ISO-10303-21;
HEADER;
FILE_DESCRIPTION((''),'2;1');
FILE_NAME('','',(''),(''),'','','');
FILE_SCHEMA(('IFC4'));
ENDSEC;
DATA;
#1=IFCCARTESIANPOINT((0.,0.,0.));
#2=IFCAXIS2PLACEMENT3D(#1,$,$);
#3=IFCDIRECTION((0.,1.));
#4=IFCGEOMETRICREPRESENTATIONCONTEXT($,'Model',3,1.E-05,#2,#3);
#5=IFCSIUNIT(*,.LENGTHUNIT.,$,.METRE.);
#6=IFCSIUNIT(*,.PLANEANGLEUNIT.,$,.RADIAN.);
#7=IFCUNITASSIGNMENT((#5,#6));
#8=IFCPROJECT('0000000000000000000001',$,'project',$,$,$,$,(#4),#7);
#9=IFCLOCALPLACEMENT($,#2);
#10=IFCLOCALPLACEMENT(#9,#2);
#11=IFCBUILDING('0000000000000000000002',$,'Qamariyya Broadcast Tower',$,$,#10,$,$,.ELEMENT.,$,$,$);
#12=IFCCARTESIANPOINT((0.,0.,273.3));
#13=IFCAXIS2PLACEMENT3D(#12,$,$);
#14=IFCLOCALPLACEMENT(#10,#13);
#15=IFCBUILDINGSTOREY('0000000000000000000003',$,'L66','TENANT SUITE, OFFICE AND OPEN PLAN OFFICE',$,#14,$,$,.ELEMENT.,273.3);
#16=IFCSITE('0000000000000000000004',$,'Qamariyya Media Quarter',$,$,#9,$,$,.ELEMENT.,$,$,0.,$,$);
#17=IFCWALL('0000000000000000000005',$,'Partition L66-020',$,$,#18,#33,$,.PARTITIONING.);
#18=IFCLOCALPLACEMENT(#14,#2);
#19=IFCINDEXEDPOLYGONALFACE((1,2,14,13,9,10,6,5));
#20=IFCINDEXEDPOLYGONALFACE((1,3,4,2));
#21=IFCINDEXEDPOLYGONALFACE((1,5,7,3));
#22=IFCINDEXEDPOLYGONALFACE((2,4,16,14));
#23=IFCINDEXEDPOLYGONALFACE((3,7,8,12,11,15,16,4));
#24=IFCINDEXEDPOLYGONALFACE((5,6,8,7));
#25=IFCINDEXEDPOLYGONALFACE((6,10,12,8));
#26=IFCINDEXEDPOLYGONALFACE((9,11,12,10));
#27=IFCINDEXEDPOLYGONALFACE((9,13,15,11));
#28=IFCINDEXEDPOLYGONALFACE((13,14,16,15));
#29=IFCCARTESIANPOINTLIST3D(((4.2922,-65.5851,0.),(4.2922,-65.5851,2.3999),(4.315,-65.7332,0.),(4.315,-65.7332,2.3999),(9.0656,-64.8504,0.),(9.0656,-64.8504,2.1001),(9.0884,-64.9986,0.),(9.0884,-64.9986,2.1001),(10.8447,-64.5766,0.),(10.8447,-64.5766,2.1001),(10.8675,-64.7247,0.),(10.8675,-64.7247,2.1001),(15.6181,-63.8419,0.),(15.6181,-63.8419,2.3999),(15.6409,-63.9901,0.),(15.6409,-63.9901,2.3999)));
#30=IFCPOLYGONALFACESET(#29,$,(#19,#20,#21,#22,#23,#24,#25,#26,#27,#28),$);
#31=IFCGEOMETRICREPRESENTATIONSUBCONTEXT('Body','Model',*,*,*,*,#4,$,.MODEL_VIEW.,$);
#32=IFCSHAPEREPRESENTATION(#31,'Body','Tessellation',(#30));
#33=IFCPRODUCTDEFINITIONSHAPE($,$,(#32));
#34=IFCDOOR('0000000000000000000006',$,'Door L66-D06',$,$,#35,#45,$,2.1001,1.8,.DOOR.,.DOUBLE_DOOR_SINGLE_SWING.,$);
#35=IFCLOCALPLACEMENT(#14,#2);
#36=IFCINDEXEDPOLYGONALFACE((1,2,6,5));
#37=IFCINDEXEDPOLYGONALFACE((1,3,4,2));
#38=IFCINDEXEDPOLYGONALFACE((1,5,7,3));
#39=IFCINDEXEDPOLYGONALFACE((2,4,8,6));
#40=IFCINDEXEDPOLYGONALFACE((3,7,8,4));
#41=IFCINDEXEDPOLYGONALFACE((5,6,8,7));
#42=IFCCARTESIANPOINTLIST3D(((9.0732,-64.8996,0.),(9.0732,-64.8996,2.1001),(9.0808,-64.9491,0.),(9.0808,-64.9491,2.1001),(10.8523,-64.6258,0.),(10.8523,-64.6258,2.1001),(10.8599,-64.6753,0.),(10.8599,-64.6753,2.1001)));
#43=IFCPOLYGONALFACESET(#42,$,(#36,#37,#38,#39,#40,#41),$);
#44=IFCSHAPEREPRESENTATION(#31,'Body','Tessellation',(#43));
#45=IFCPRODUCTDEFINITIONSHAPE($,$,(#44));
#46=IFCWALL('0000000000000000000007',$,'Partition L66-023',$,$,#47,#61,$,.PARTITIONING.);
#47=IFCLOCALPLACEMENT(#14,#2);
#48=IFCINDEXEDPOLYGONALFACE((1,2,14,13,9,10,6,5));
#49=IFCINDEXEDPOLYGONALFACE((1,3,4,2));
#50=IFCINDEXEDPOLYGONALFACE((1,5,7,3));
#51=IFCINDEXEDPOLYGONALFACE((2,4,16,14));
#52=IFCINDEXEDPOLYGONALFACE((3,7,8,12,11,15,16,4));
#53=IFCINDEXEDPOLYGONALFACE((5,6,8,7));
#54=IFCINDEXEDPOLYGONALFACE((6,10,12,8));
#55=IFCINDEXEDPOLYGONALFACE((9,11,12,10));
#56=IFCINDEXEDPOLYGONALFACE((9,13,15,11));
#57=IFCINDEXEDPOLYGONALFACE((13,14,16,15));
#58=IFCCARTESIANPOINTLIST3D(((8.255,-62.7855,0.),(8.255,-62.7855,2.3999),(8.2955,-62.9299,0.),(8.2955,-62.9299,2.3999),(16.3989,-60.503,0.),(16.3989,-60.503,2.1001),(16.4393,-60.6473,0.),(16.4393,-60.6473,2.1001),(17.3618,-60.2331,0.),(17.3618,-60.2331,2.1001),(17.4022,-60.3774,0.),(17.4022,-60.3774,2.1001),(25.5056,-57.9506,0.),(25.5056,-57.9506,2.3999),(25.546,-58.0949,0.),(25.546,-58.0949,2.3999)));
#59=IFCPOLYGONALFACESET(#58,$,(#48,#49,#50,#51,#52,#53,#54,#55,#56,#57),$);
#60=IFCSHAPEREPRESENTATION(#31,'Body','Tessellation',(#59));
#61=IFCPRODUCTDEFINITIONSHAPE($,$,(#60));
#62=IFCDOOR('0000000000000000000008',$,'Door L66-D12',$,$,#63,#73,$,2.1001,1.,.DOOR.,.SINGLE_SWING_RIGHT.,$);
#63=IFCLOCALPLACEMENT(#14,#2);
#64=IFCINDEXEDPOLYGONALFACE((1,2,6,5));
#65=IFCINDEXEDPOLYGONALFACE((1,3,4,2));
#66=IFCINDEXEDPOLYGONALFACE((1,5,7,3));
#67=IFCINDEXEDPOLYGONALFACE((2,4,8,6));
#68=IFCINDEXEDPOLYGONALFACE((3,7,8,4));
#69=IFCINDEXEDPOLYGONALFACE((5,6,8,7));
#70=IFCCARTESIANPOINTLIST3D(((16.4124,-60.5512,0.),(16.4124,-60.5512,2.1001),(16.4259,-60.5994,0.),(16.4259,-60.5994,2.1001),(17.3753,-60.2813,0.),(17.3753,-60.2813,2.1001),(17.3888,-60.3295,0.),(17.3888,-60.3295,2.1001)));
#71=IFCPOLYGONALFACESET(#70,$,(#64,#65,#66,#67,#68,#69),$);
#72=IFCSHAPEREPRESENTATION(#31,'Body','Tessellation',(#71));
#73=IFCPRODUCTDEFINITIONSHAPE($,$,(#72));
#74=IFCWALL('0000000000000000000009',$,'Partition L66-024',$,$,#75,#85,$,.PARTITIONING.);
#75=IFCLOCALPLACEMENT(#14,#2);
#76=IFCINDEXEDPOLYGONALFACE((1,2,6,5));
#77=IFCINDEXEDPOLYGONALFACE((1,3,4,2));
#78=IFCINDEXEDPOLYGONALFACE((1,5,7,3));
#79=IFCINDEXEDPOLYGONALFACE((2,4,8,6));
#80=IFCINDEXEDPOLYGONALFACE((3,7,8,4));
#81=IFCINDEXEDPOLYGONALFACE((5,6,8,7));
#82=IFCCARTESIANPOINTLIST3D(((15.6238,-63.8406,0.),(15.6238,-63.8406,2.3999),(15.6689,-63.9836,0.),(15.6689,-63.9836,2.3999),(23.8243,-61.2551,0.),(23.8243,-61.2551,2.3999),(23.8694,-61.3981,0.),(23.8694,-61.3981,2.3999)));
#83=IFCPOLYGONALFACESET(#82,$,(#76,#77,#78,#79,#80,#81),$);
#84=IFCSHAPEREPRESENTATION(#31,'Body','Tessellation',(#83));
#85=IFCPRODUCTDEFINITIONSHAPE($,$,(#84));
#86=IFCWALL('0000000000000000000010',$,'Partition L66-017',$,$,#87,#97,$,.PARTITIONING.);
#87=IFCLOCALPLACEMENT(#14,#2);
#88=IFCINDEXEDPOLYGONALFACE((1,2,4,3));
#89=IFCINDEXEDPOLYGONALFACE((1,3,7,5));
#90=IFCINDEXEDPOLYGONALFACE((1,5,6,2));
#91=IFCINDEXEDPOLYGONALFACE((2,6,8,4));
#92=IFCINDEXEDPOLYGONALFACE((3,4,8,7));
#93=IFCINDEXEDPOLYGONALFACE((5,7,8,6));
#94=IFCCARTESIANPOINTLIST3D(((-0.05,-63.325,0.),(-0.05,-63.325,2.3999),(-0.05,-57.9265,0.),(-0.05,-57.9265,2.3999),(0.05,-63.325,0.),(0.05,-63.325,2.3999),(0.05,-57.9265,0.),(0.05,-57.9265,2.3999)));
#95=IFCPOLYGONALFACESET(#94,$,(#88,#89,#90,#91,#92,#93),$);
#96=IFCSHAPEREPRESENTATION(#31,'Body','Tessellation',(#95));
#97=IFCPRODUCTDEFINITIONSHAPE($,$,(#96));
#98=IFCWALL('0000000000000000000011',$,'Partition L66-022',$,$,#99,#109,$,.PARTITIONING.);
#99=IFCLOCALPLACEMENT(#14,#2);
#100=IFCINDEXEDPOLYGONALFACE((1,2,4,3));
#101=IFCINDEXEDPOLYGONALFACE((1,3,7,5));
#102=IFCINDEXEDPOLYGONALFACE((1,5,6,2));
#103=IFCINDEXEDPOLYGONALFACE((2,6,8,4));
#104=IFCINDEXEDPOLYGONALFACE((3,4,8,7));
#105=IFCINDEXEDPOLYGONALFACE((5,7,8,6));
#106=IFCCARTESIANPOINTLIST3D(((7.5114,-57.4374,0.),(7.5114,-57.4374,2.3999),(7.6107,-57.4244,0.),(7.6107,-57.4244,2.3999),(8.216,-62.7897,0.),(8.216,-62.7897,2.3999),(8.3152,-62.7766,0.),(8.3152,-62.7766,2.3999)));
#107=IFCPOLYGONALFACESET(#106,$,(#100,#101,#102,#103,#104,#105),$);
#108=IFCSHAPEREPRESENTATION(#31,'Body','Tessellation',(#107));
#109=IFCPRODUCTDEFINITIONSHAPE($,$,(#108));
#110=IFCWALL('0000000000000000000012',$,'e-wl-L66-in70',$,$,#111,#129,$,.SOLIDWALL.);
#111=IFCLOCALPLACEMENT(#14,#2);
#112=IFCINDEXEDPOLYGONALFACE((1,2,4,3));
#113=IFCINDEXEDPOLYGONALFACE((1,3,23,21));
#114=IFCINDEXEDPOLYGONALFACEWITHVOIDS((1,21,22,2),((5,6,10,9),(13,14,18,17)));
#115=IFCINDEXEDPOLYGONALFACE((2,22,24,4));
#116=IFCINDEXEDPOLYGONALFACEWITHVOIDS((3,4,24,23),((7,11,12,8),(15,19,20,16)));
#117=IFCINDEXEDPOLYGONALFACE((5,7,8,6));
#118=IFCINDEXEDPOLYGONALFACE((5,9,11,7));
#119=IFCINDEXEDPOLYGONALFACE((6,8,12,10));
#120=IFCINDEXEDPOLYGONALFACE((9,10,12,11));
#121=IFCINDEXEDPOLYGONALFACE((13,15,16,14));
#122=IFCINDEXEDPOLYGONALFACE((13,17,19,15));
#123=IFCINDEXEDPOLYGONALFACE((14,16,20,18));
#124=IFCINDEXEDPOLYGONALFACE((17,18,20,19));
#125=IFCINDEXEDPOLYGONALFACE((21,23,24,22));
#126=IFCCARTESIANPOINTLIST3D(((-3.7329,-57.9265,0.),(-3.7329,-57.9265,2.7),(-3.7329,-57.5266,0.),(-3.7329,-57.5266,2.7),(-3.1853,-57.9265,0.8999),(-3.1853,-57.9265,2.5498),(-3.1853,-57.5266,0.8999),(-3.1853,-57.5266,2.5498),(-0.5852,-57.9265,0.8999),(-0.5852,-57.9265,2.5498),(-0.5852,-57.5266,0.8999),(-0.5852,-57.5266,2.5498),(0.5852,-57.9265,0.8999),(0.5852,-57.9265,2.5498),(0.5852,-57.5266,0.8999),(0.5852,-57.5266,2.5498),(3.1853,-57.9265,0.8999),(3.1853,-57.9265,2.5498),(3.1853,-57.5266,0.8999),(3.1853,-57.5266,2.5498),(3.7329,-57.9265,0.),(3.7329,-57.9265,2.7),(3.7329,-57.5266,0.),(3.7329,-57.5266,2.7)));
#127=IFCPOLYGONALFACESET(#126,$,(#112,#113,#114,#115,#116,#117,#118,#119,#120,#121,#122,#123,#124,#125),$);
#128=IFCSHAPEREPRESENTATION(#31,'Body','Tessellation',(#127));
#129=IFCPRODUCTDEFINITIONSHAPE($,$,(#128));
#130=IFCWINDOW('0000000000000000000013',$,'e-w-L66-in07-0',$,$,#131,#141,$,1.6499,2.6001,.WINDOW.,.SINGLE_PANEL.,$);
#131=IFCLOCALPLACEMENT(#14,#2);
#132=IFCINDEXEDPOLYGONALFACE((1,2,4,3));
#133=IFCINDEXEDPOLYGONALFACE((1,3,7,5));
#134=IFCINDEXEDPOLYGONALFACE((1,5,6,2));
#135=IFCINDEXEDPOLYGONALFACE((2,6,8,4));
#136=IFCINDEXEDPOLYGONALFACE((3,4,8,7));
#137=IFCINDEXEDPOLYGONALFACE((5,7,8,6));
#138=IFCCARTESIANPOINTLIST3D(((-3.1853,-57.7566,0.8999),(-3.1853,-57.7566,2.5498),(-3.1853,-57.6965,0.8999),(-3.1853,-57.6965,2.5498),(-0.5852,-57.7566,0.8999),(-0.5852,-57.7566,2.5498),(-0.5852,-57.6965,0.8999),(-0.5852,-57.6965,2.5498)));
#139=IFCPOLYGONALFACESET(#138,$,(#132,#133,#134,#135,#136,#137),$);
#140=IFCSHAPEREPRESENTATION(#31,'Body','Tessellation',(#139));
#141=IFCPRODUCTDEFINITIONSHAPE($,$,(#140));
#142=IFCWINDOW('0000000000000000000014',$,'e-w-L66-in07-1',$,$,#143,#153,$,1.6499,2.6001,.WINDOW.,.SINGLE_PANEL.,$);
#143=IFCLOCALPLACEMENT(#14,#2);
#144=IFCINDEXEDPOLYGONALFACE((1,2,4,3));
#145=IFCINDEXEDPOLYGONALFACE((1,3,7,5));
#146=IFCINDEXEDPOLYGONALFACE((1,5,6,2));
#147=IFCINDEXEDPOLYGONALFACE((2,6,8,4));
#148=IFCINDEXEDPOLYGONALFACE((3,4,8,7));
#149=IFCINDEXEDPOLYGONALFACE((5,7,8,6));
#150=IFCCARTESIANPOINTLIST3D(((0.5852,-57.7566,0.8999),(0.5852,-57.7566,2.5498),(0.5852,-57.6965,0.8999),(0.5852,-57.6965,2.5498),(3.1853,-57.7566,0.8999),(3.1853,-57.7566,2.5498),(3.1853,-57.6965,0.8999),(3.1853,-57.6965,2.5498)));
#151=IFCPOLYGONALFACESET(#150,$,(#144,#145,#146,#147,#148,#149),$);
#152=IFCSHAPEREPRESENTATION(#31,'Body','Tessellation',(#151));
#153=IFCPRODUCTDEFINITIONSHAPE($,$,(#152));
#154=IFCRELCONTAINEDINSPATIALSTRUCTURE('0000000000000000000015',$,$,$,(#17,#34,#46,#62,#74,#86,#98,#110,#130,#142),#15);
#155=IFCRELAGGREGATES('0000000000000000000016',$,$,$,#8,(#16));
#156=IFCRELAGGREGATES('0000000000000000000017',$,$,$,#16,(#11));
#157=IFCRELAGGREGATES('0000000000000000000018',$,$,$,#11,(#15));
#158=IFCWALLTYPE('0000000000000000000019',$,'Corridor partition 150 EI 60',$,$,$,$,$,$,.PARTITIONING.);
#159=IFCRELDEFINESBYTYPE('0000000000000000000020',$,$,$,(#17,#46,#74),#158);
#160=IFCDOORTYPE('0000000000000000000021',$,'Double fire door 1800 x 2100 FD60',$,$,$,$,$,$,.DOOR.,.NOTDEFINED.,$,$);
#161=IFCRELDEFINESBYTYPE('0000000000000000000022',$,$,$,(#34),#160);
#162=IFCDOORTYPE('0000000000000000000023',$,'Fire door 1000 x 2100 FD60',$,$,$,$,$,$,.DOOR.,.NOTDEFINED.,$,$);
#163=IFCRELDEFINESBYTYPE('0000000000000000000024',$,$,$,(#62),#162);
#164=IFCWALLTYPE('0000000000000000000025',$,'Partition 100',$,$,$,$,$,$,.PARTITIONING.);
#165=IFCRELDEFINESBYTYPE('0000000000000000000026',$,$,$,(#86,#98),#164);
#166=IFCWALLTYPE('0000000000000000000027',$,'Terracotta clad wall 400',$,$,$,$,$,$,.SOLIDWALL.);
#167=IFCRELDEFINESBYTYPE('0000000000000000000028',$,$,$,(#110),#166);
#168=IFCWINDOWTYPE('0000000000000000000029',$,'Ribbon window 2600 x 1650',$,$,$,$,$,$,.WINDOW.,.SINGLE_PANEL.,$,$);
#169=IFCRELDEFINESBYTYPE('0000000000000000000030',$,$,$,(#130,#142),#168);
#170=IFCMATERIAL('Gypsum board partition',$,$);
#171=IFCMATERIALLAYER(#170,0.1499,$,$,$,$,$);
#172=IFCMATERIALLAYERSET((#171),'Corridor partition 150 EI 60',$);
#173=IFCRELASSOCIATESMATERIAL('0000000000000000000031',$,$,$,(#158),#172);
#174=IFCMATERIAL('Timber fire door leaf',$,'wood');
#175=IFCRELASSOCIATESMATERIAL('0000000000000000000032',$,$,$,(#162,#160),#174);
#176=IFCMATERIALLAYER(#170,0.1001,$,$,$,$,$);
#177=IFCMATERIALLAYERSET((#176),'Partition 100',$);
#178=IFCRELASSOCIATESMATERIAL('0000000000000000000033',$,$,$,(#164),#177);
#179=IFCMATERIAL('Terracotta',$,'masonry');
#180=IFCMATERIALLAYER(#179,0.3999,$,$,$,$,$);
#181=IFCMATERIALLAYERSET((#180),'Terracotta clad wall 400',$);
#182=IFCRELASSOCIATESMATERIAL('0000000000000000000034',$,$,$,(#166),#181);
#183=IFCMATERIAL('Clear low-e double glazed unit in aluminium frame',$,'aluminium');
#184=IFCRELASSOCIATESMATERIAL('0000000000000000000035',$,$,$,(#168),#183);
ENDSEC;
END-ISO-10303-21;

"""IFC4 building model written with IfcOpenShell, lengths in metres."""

from ifc_helpers import new_model, si_unit, direction, frame, frame_2d, origin, place, context, subcontext, project, spatial, rectangle, extrude, material, layer, layer_set, type_object, element, fill, save


model = new_model("IFC4")

# Units and contexts
model_context = context("Model", 3, precision=1e-05, world=origin(), true_north=direction((0.0, 1.0)))
body_context = subcontext(model_context, "Body", "Model", "MODEL_VIEW")
ifc_project = project(units=[si_unit("LENGTHUNIT", "METRE"), si_unit("PLANEANGLEUNIT", "RADIAN")], contexts=[model_context])

# Site, building, storey
site_placement = place(None, origin())
site = spatial("IfcSite", under=ifc_project, at=site_placement, Name="Qamariyya Media Quarter", CompositionType="ELEMENT", RefElevation=0.0)
building_placement = place(site_placement, origin())
building = spatial("IfcBuilding", under=site, at=building_placement, Name="Qamariyya Broadcast Tower", CompositionType="ELEMENT")
storey_placement = place(building_placement, frame((0.0, 0.0, 273.3)))
storey = spatial("IfcBuildingStorey", under=building, at=storey_placement, Name="L66", Description="TENANT SUITE, OFFICE AND OPEN PLAN OFFICE", CompositionType="ELEMENT", Elevation=273.3)

# Walls, openings, doors
ifc_material_1 = material(Name="Gypsum board partition")
ifc_layer_1 = layer(ifc_material_1, 0.1499)
ifc_layer_set_1 = layer_set([ifc_layer_1], Name="Corridor partition 150 EI 60")
wall_type_1 = type_object("IfcWallType", Name="Corridor partition 150 EI 60", PredefinedType="PARTITIONING", material=ifc_layer_set_1)
ifc_material_2 = material(Name="Timber fire door leaf", Category="wood")
door_type_1 = type_object("IfcDoorType", Name="Fire door 1000 x 2100 FD60", OperationType="NOTDEFINED", PredefinedType="DOOR", material=ifc_material_2)
wall_1_placement = place(storey_placement, frame((15.6294, -63.916, 0.0), z_axis=(0.0, 0.0, 1.0), x_axis=(-0.988362, -0.152118, 0.0)))
wall_1 = element("IfcWall", 1, at=wall_1_placement, inside=storey, type_object=wall_type_1, Name="Partition L66-020", PredefinedType="PARTITIONING", context=body_context, shape_type="SweptSolid", body=[
    extrude(rectangle(XDim=11.4592, YDim=0.1499, at=frame_2d((5.7295, 0.0))), origin(), (0.0, 0.0, 1.0), 2.3999),
])
opening_1_placement = place(wall_1_placement, frame((4.8296, 0.0, 0.0)))
opening_1 = element("IfcOpeningElement", 2, at=opening_1_placement, cuts=wall_1, PredefinedType="OPENING", context=body_context, shape_type="SweptSolid", body=[
    extrude(rectangle(XDim=1.8, YDim=2.1001, at=frame_2d((0.8999, 1.05))), frame((0.0, 0.085, 0.0), z_axis=(0.0, -1.0, 0.0), x_axis=(1.0, 0.0, 0.0)), (0.0, 0.0, 1.0), 0.1699),
])
door_type_2 = type_object("IfcDoorType", Name="Double fire door 1800 x 2100 FD60", OperationType="NOTDEFINED", PredefinedType="DOOR", material=ifc_material_2)
door_1_placement = place(opening_1_placement, origin())
door_1 = element("IfcDoor", 3, at=door_1_placement, inside=storey, type_object=door_type_2, Name="Door L66-D06", OperationType="DOUBLE_DOOR_SINGLE_SWING", OverallHeight=2.1001, OverallWidth=1.8, PredefinedType="DOOR", context=body_context, shape_type="SweptSolid", body=[
    extrude(rectangle(XDim=1.8, YDim=2.1001, at=frame_2d((0.8999, 1.05))), frame((0.0, 0.0249, 0.0), z_axis=(0.0, -1.0, 0.0), x_axis=(1.0, 0.0, 0.0)), (0.0, 0.0, 1.0), 0.05),
])
fill(opening_1, door_1)
wall_2_placement = place(storey_placement, frame((8.2754, -62.8577, 0.0), z_axis=(0.0, 0.0, 1.0), x_axis=(0.962894, 0.26988, 0.0)))
wall_2 = element("IfcWall", 4, at=wall_2_placement, inside=storey, type_object=wall_type_1, Name="Partition L66-023", PredefinedType="PARTITIONING", context=body_context, shape_type="SweptSolid", body=[
    extrude(rectangle(XDim=17.9153, YDim=0.1499, at=frame_2d((8.9575, 0.0))), origin(), (0.0, 0.0, 1.0), 2.3999),
])
opening_2_placement = place(wall_2_placement, frame((8.4575, 0.0, 0.0)))
opening_2 = element("IfcOpeningElement", 5, at=opening_2_placement, cuts=wall_2, PredefinedType="OPENING", context=body_context, shape_type="SweptSolid", body=[
    extrude(rectangle(XDim=1.0, YDim=2.1001, at=frame_2d((0.5, 1.05))), frame((0.0, 0.085, 0.0), z_axis=(0.0, -1.0, 0.0), x_axis=(1.0, 0.0, 0.0)), (0.0, 0.0, 1.0), 0.1699),
])
door_2_placement = place(opening_2_placement, origin())
door_2 = element("IfcDoor", 6, at=door_2_placement, inside=storey, type_object=door_type_1, Name="Door L66-D12", OperationType="SINGLE_SWING_RIGHT", OverallHeight=2.1001, OverallWidth=1.0, PredefinedType="DOOR", context=body_context, shape_type="SweptSolid", body=[
    extrude(rectangle(XDim=1.0, YDim=2.1001, at=frame_2d((0.5, 1.05))), frame((0.0, 0.0249, 0.0), z_axis=(0.0, -1.0, 0.0), x_axis=(1.0, 0.0, 0.0)), (0.0, 0.0, 1.0), 0.05),
])
fill(opening_2, door_2)

# Walls
wall_3_placement = place(storey_placement, frame((15.6462, -63.9121, 0.0), z_axis=(0.0, 0.0, 1.0), x_axis=(0.953722, 0.300691, 0.0)))
element("IfcWall", 7, at=wall_3_placement, inside=storey, type_object=wall_type_1, Name="Partition L66-024", PredefinedType="PARTITIONING", context=body_context, shape_type="SweptSolid", body=[
    extrude(rectangle(XDim=8.5984, YDim=0.1499, at=frame_2d((4.2993, 0.0))), origin(), (0.0, 0.0, 1.0), 2.3999),
])
ifc_layer_2 = layer(ifc_material_1, 0.1001)
ifc_layer_set_2 = layer_set([ifc_layer_2], Name="Partition 100")
wall_type_2 = type_object("IfcWallType", Name="Partition 100", PredefinedType="PARTITIONING", material=ifc_layer_set_2)
for number, where, z_axis, x_axis, name in (
    (8, (0.0, -57.9265, 0.0), (0.0, 0.0, 1.0), (0.0, -1.0, 0.0), "Partition L66-017"),
    (9, (7.561, -57.4309, 0.0), (0.0, 0.0, 1.0), (0.130517, -0.991446, 0.0), "Partition L66-022"),
):
    element("IfcWall", number, at=place(storey_placement, frame(where, z_axis=z_axis, x_axis=x_axis)), inside=storey, type_object=wall_type_2, Name=name, PredefinedType="PARTITIONING", context=body_context, shape_type="SweptSolid", body=[
        extrude(rectangle(XDim=5.3984, YDim=0.1001, at=frame_2d((2.6992, 0.0))), origin(), (0.0, 0.0, 1.0), 2.3999),
    ])

# Wall, openings, windows
ifc_material_3 = material(Name="Terracotta", Category="masonry")
ifc_layer_3 = layer(ifc_material_3, 0.3999)
ifc_layer_set_3 = layer_set([ifc_layer_3], Name="Terracotta clad wall 400")
wall_type_3 = type_object("IfcWallType", Name="Terracotta clad wall 400", PredefinedType="SOLIDWALL", material=ifc_layer_set_3)
wall_4_placement = place(storey_placement, frame((3.7329, -57.7266, 0.0), z_axis=(0.0, 0.0, 1.0), x_axis=(-1.0, 0.0, 0.0)))
wall_4 = element("IfcWall", 10, at=wall_4_placement, inside=storey, type_object=wall_type_3, Name="e-wl-L66-in70", PredefinedType="SOLIDWALL", context=body_context, shape_type="SweptSolid", body=[
    extrude(rectangle(XDim=7.4658, YDim=0.3999, at=frame_2d((3.7329, 0.0))), origin(), (0.0, 0.0, 1.0), 2.7),
])
opening_3_placement = place(wall_4_placement, frame((4.3181, 0.0, 0.8999)))
opening_3 = element("IfcOpeningElement", 11, at=opening_3_placement, cuts=wall_4, PredefinedType="OPENING", context=body_context, shape_type="SweptSolid", body=[
    extrude(rectangle(XDim=2.6001, YDim=1.6499, at=frame_2d((1.3, 0.825))), frame((0.0, 0.21, 0.0), z_axis=(0.0, -1.0, 0.0), x_axis=(1.0, 0.0, 0.0)), (0.0, 0.0, 1.0), 0.4199),
])
opening_4_placement = place(wall_4_placement, frame((0.5476, 0.0, 0.8999)))
opening_4 = element("IfcOpeningElement", 12, at=opening_4_placement, cuts=wall_4, PredefinedType="OPENING", context=body_context, shape_type="SweptSolid", body=[
    extrude(rectangle(XDim=2.6001, YDim=1.6499, at=frame_2d((1.3, 0.825))), frame((0.0, 0.21, 0.0), z_axis=(0.0, -1.0, 0.0), x_axis=(1.0, 0.0, 0.0)), (0.0, 0.0, 1.0), 0.4199),
])
ifc_material_4 = material(Name="Clear low-e double glazed unit in aluminium frame", Category="aluminium")
window_type = type_object("IfcWindowType", Name="Ribbon window 2600 x 1650", PartitioningType="SINGLE_PANEL", PredefinedType="WINDOW", material=ifc_material_4)
window_1_placement = place(opening_3_placement, origin())
window_1 = element("IfcWindow", 13, at=window_1_placement, inside=storey, type_object=window_type, Name="e-w-L66-in07-0", OverallHeight=1.6499, OverallWidth=2.6001, PartitioningType="SINGLE_PANEL", PredefinedType="WINDOW", context=body_context, shape_type="SweptSolid", body=[
    extrude(rectangle(XDim=2.6001, YDim=1.6499, at=frame_2d((1.3, 0.825))), frame((0.0, 0.03, 0.0), z_axis=(0.0, -1.0, 0.0), x_axis=(1.0, 0.0, 0.0)), (0.0, 0.0, 1.0), 0.0601),
])
fill(opening_3, window_1)
window_2_placement = place(opening_4_placement, origin())
window_2 = element("IfcWindow", 14, at=window_2_placement, inside=storey, type_object=window_type, Name="e-w-L66-in07-1", OverallHeight=1.6499, OverallWidth=2.6001, PartitioningType="SINGLE_PANEL", PredefinedType="WINDOW", context=body_context, shape_type="SweptSolid", body=[
    extrude(rectangle(XDim=2.6001, YDim=1.6499, at=frame_2d((1.3, 0.825))), frame((0.0, 0.03, 0.0), z_axis=(0.0, -1.0, 0.0), x_axis=(1.0, 0.0, 0.0)), (0.0, 0.0, 1.0), 0.0601),
])
fill(opening_4, window_2)

save(model, "model.ifc")
